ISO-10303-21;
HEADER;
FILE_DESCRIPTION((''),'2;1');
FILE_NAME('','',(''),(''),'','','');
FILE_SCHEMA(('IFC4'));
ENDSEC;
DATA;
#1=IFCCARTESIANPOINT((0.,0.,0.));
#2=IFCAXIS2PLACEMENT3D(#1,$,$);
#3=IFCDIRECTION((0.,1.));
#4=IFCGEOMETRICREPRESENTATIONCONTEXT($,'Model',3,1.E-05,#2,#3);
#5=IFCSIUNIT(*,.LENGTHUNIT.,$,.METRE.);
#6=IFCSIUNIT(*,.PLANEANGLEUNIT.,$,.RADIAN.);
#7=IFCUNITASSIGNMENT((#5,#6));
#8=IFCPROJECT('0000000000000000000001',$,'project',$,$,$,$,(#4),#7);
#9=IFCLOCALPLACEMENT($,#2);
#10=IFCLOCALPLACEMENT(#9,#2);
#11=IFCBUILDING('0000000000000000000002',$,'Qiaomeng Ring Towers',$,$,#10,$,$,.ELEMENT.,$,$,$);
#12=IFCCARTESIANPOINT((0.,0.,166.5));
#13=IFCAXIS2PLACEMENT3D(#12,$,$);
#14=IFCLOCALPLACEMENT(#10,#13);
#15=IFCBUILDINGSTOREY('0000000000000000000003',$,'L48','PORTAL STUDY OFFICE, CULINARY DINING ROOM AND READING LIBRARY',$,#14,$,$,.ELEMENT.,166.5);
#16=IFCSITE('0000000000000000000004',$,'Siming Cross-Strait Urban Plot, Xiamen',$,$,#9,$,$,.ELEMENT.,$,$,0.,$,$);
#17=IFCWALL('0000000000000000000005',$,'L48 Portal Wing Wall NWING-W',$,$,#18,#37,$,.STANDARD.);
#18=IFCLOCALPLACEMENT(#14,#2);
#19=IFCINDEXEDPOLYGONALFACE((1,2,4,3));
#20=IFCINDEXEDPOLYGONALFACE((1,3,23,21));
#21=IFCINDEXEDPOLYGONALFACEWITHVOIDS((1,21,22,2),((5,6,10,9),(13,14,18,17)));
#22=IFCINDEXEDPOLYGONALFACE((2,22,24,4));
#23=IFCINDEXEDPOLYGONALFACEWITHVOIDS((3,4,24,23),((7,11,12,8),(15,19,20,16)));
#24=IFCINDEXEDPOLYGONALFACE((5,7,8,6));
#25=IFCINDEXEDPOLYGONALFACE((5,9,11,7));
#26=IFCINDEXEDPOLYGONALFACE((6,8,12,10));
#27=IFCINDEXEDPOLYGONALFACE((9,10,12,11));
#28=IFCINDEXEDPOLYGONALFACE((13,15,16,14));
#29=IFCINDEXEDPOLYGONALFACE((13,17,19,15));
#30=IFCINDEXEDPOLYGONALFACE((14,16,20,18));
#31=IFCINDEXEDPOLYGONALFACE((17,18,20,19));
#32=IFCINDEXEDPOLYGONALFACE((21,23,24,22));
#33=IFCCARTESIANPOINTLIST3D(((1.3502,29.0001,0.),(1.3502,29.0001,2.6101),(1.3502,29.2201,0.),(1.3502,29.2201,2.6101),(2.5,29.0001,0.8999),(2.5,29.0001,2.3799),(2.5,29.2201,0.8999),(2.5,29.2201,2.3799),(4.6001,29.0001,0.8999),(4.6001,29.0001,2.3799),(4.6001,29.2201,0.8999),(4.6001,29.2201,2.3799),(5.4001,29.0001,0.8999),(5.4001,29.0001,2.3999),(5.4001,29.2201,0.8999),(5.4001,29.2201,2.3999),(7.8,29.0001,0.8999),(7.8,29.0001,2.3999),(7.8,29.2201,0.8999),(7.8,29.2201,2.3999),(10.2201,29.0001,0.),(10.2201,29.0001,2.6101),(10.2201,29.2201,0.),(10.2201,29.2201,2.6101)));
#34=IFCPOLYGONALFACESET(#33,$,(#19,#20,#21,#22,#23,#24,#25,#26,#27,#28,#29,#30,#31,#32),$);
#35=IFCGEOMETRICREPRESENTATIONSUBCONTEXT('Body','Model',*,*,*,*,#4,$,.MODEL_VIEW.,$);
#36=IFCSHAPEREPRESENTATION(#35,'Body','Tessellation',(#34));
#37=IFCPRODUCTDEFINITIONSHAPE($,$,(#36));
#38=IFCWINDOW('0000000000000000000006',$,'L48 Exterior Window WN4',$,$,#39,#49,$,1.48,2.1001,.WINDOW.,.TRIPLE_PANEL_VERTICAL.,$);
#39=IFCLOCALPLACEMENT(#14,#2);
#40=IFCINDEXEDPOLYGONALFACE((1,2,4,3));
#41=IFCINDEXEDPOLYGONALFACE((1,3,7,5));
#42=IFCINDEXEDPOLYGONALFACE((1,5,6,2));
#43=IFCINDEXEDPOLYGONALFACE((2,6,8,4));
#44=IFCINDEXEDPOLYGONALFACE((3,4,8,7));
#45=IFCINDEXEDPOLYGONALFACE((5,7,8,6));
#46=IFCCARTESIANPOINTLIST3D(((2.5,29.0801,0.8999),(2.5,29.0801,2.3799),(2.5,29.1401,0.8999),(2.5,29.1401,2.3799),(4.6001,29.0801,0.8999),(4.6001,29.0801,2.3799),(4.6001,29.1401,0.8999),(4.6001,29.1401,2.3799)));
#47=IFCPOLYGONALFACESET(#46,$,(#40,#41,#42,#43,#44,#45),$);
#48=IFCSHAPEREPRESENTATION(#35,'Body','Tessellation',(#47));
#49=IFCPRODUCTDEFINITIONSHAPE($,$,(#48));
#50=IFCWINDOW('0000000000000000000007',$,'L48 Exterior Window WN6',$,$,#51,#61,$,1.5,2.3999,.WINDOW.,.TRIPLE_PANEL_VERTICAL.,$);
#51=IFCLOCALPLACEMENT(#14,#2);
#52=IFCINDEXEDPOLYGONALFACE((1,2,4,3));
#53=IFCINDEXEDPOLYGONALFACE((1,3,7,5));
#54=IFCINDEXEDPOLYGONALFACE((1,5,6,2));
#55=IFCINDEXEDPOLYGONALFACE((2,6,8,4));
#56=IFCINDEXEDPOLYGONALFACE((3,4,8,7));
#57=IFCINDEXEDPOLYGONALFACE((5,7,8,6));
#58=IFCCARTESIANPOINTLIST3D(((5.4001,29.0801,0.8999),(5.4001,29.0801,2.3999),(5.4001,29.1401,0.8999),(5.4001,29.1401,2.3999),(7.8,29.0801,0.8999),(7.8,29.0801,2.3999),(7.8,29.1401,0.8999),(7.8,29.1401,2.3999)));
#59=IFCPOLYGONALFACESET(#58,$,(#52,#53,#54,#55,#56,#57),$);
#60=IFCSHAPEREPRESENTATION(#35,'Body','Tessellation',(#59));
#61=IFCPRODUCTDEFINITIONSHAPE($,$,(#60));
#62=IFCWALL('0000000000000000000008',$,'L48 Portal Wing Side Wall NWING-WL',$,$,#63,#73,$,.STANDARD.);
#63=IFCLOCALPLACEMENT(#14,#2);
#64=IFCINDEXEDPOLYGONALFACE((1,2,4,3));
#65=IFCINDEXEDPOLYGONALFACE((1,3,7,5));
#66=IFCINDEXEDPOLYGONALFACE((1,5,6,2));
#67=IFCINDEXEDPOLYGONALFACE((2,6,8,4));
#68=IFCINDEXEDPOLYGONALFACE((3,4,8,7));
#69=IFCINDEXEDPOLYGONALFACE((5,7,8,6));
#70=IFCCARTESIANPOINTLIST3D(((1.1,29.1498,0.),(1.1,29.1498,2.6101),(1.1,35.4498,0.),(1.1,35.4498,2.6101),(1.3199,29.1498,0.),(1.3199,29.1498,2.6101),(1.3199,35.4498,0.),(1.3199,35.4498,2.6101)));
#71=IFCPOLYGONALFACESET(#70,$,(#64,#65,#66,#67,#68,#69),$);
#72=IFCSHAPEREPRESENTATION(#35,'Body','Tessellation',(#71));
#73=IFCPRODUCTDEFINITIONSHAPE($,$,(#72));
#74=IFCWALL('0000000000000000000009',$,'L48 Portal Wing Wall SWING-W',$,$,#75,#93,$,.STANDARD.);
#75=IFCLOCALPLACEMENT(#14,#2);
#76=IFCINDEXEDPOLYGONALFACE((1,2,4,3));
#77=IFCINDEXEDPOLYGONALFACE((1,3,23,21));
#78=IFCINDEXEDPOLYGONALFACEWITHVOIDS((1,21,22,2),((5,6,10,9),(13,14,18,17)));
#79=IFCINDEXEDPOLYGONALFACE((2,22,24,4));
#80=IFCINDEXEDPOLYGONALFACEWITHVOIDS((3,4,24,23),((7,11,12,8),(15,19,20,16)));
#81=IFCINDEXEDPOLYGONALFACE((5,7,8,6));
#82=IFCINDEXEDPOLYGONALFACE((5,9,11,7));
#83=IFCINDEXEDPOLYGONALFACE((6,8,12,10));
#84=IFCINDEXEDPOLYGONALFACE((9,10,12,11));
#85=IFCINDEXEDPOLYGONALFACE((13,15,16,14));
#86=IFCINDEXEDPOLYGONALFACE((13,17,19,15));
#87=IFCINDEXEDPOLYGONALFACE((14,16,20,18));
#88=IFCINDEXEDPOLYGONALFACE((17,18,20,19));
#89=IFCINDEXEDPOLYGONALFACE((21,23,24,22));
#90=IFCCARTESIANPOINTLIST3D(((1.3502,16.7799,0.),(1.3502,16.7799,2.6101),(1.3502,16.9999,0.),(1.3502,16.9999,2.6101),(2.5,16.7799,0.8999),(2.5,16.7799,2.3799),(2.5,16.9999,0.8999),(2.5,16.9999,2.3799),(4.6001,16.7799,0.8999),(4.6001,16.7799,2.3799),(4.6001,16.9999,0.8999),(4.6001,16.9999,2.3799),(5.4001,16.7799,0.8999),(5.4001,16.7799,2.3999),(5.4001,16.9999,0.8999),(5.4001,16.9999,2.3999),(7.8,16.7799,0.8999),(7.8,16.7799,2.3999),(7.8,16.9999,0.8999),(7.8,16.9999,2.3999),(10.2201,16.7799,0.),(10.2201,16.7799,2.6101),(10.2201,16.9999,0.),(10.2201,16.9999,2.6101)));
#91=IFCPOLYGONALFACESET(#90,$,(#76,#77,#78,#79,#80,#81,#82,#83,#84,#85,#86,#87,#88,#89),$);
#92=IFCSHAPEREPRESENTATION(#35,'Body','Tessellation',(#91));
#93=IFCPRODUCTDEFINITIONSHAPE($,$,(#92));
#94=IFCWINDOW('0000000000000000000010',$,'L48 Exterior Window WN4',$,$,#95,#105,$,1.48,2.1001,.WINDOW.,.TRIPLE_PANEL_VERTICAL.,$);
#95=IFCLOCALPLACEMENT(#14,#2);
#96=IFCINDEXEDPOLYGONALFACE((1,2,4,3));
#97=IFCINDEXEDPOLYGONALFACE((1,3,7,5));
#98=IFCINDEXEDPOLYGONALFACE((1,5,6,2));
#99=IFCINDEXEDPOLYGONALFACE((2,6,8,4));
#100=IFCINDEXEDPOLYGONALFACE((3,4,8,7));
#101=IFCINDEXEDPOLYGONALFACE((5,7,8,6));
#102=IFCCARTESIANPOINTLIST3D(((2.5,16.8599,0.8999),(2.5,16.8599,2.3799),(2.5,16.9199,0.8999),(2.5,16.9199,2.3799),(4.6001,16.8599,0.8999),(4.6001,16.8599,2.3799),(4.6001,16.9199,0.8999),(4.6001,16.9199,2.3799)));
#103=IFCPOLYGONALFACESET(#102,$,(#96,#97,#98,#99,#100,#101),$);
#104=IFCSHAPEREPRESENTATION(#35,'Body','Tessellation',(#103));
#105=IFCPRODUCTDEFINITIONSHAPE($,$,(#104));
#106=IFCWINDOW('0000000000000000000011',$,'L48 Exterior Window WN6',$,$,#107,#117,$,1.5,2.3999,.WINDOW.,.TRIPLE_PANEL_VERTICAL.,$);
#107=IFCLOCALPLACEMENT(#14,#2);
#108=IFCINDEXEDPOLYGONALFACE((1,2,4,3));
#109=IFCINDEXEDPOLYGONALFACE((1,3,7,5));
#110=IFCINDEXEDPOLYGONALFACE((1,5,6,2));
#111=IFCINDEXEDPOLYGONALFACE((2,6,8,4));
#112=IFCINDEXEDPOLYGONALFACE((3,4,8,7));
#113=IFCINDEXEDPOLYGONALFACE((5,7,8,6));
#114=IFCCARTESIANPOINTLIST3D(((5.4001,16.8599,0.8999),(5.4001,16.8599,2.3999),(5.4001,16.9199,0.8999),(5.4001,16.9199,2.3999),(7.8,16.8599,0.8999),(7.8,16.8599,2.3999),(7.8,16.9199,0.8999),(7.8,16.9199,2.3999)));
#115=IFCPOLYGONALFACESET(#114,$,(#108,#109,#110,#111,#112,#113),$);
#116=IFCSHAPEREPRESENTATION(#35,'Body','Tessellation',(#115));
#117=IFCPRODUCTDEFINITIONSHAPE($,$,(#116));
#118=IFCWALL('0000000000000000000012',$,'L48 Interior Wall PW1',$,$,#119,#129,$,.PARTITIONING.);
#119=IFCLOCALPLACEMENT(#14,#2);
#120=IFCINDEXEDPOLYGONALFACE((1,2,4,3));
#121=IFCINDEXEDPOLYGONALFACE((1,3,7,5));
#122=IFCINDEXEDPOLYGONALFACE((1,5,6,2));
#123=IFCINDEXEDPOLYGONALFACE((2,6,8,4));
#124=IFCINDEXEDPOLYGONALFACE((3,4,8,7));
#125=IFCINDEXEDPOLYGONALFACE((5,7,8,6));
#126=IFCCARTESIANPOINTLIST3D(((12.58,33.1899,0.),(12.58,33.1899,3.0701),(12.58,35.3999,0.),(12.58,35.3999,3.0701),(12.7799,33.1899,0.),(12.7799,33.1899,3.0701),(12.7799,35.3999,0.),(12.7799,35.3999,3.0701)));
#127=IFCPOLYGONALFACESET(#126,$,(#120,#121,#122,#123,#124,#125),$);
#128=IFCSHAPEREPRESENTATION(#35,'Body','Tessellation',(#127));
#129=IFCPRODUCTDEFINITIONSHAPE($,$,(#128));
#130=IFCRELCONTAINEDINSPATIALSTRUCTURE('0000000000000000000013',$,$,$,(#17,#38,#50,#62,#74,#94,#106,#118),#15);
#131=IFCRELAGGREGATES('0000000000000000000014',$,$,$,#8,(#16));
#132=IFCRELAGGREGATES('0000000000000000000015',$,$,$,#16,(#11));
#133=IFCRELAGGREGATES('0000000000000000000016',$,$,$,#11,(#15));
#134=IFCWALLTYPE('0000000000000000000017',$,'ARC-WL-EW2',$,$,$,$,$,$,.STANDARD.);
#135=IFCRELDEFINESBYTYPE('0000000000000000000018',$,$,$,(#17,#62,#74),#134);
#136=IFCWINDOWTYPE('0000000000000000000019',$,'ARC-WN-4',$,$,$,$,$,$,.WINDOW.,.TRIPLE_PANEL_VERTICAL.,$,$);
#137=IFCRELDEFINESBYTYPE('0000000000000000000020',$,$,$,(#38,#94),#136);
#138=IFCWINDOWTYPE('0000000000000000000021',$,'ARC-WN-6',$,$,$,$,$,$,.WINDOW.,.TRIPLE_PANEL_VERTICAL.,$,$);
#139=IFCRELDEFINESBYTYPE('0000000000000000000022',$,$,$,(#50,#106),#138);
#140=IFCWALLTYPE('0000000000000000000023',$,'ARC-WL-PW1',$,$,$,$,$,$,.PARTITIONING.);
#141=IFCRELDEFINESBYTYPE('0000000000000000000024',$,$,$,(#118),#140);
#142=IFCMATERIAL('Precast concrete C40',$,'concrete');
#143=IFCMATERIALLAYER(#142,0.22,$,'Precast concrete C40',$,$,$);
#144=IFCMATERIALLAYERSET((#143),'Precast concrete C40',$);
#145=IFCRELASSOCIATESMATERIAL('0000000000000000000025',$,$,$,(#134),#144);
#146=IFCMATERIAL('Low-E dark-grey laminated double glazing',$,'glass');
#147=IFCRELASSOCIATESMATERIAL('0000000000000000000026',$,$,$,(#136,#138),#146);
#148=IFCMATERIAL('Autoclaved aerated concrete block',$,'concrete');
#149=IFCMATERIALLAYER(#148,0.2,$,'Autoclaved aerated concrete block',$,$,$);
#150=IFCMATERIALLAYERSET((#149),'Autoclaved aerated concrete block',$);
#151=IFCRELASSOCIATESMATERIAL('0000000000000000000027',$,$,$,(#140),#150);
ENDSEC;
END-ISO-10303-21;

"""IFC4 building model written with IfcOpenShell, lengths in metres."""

from ifc_helpers import new_model, si_unit, direction, frame, frame_2d, origin, place, context, subcontext, project, spatial, rectangle, extrude, source, transform, mapped, material, layer, layer_set, type_object, element, fill, save


model = new_model("IFC4")

# Units and contexts
model_context = context("Model", 3, precision=1e-05, world=origin(), true_north=direction((0.0, 1.0)))
body_context = subcontext(model_context, "Body", "Model", "MODEL_VIEW")
ifc_project = project(units=[si_unit("LENGTHUNIT", "METRE"), si_unit("PLANEANGLEUNIT", "RADIAN")], contexts=[model_context])

# Site, building, storey
site_placement = place(None, origin())
site = spatial("IfcSite", under=ifc_project, at=site_placement, Name="Siming Cross-Strait Urban Plot, Xiamen", CompositionType="ELEMENT", RefElevation=0.0)
building_placement = place(site_placement, origin())
building = spatial("IfcBuilding", under=site, at=building_placement, Name="Qiaomeng Ring Towers", CompositionType="ELEMENT")
storey_placement = place(building_placement, frame((0.0, 0.0, 166.5)))
storey = spatial("IfcBuildingStorey", under=building, at=storey_placement, Name="L48", Description="PORTAL STUDY OFFICE, CULINARY DINING ROOM AND READING LIBRARY", CompositionType="ELEMENT", Elevation=166.5)

# Wall, openings, windows
ifc_material_1 = material(Name="Precast concrete C40", Category="concrete")
ifc_layer_1 = layer(ifc_material_1, 0.22, Name="Precast concrete C40")
ifc_layer_set_1 = layer_set([ifc_layer_1], Name="Precast concrete C40")
wall_type_1 = type_object("IfcWallType", Name="ARC-WL-EW2", PredefinedType="STANDARD", material=ifc_layer_set_1)
wall_1_placement = place(storey_placement, frame((1.3501, 29.1101, 0.0), z_axis=(0.0, 0.0, 1.0), x_axis=(1.0, 0.0, 0.0)))
wall_1 = element("IfcWall", 1, at=wall_1_placement, inside=storey, type_object=wall_type_1, Name="L48 Portal Wing Wall NWING-W", PredefinedType="STANDARD", context=body_context, shape_type="SweptSolid", body=[
    extrude(rectangle(XDim=8.8699, YDim=0.22, at=frame_2d((4.4351, 0.0))), origin(), (0.0, 0.0, 1.0), 2.6101),
])
opening_1_placement = place(wall_1_placement, frame((1.1499, 0.0, 0.8999)))
opening_1 = element("IfcOpeningElement", 2, at=opening_1_placement, cuts=wall_1, PredefinedType="OPENING", context=body_context, shape_type="SweptSolid", body=[
    extrude(rectangle(XDim=2.1001, YDim=1.48, at=frame_2d((1.05, 0.74))), frame((0.0, 0.1199, 0.0), z_axis=(0.0, -1.0, 0.0), x_axis=(1.0, 0.0, 0.0)), (0.0, 0.0, 1.0), 0.24),
])
opening_2_placement = place(wall_1_placement, frame((4.05, 0.0, 0.8999)))
opening_2 = element("IfcOpeningElement", 3, at=opening_2_placement, cuts=wall_1, PredefinedType="OPENING", context=body_context, shape_type="SweptSolid", body=[
    extrude(rectangle(XDim=2.3999, YDim=1.5, at=frame_2d((1.2, 0.75))), frame((0.0, 0.1199, 0.0), z_axis=(0.0, -1.0, 0.0), x_axis=(1.0, 0.0, 0.0)), (0.0, 0.0, 1.0), 0.24),
])
ifc_material_2 = material(Name="Low-E dark-grey laminated double glazing", Category="glass")
window_type_1 = type_object("IfcWindowType", Name="ARC-WN-4", PartitioningType="TRIPLE_PANEL_VERTICAL", PredefinedType="WINDOW", material=ifc_material_2)
shared_shape_1 = source(origin(), body_context, "Body", "SweptSolid", [
    extrude(rectangle(XDim=2.1001, YDim=1.48, at=frame_2d((1.05, 0.74))), frame((0.0, 0.03, 0.0), z_axis=(0.0, -1.0, 0.0), x_axis=(1.0, 0.0, 0.0)), (0.0, 0.0, 1.0), 0.0601),
])
window_1_placement = place(opening_1_placement, origin())
window_1 = element("IfcWindow", 4, at=window_1_placement, inside=storey, type_object=window_type_1, Name="L48 Exterior Window WN4", OverallHeight=1.48, OverallWidth=2.1001, PartitioningType="TRIPLE_PANEL_VERTICAL", PredefinedType="WINDOW", context=body_context, shape_type="MappedRepresentation", body=[
    mapped(shared_shape_1, transform((0.0, 0.0, 0.0), x_axis=(1.0, 0.0, 0.0), y_axis=(0.0, 1.0, 0.0), z_axis=(0.0, 0.0, 1.0), scale=1.0)),
])
fill(opening_1, window_1)
window_type_2 = type_object("IfcWindowType", Name="ARC-WN-6", PartitioningType="TRIPLE_PANEL_VERTICAL", PredefinedType="WINDOW", material=ifc_material_2)
shared_shape_2 = source(origin(), body_context, "Body", "SweptSolid", [
    extrude(rectangle(XDim=2.3999, YDim=1.5, at=frame_2d((1.2, 0.75))), frame((0.0, 0.03, 0.0), z_axis=(0.0, -1.0, 0.0), x_axis=(1.0, 0.0, 0.0)), (0.0, 0.0, 1.0), 0.0601),
])
window_2_placement = place(opening_2_placement, origin())
window_2 = element("IfcWindow", 5, at=window_2_placement, inside=storey, type_object=window_type_2, Name="L48 Exterior Window WN6", OverallHeight=1.5, OverallWidth=2.3999, PartitioningType="TRIPLE_PANEL_VERTICAL", PredefinedType="WINDOW", context=body_context, shape_type="MappedRepresentation", body=[
    mapped(shared_shape_2, transform((0.0, 0.0, 0.0), x_axis=(1.0, 0.0, 0.0), y_axis=(0.0, 1.0, 0.0), z_axis=(0.0, 0.0, 1.0), scale=1.0)),
])
fill(opening_2, window_2)

# Wall
wall_2_placement = place(storey_placement, frame((1.21, 29.1499, 0.0), z_axis=(0.0, 0.0, 1.0), x_axis=(0.0, 1.0, 0.0)))
element("IfcWall", 6, at=wall_2_placement, inside=storey, type_object=wall_type_1, Name="L48 Portal Wing Side Wall NWING-WL", PredefinedType="STANDARD", context=body_context, shape_type="SweptSolid", body=[
    extrude(rectangle(XDim=6.3, YDim=0.22, at=frame_2d((3.1499, 0.0))), origin(), (0.0, 0.0, 1.0), 2.6101),
])

# Wall, openings, windows
wall_3_placement = place(storey_placement, frame((1.3501, 16.8899, 0.0), z_axis=(0.0, 0.0, 1.0), x_axis=(1.0, 0.0, 0.0)))
wall_3 = element("IfcWall", 7, at=wall_3_placement, inside=storey, type_object=wall_type_1, Name="L48 Portal Wing Wall SWING-W", PredefinedType="STANDARD", context=body_context, shape_type="SweptSolid", body=[
    extrude(rectangle(XDim=8.8699, YDim=0.22, at=frame_2d((4.4351, 0.0))), origin(), (0.0, 0.0, 1.0), 2.6101),
])
opening_3_placement = place(wall_3_placement, frame((1.1499, 0.0, 0.8999)))
opening_3 = element("IfcOpeningElement", 8, at=opening_3_placement, cuts=wall_3, PredefinedType="OPENING", context=body_context, shape_type="SweptSolid", body=[
    extrude(rectangle(XDim=2.1001, YDim=1.48, at=frame_2d((1.05, 0.74))), frame((0.0, 0.1199, 0.0), z_axis=(0.0, -1.0, 0.0), x_axis=(1.0, 0.0, 0.0)), (0.0, 0.0, 1.0), 0.24),
])
opening_4_placement = place(wall_3_placement, frame((4.05, 0.0, 0.8999)))
opening_4 = element("IfcOpeningElement", 9, at=opening_4_placement, cuts=wall_3, PredefinedType="OPENING", context=body_context, shape_type="SweptSolid", body=[
    extrude(rectangle(XDim=2.3999, YDim=1.5, at=frame_2d((1.2, 0.75))), frame((0.0, 0.1199, 0.0), z_axis=(0.0, -1.0, 0.0), x_axis=(1.0, 0.0, 0.0)), (0.0, 0.0, 1.0), 0.24),
])
window_3_placement = place(opening_3_placement, origin())
window_3 = element("IfcWindow", 10, at=window_3_placement, inside=storey, type_object=window_type_1, Name="L48 Exterior Window WN4", OverallHeight=1.48, OverallWidth=2.1001, PartitioningType="TRIPLE_PANEL_VERTICAL", PredefinedType="WINDOW", context=body_context, shape_type="MappedRepresentation", body=[
    mapped(shared_shape_1, transform((0.0, 0.0, 0.0), x_axis=(1.0, 0.0, 0.0), y_axis=(0.0, 1.0, 0.0), z_axis=(0.0, 0.0, 1.0), scale=1.0)),
])
fill(opening_3, window_3)
window_4_placement = place(opening_4_placement, origin())
window_4 = element("IfcWindow", 11, at=window_4_placement, inside=storey, type_object=window_type_2, Name="L48 Exterior Window WN6", OverallHeight=1.5, OverallWidth=2.3999, PartitioningType="TRIPLE_PANEL_VERTICAL", PredefinedType="WINDOW", context=body_context, shape_type="MappedRepresentation", body=[
    mapped(shared_shape_2, transform((0.0, 0.0, 0.0), x_axis=(1.0, 0.0, 0.0), y_axis=(0.0, 1.0, 0.0), z_axis=(0.0, 0.0, 1.0), scale=1.0)),
])
fill(opening_4, window_4)

# Wall
ifc_material_3 = material(Name="Autoclaved aerated concrete block", Category="concrete")
ifc_layer_2 = layer(ifc_material_3, 0.2, Name="Autoclaved aerated concrete block")
ifc_layer_set_2 = layer_set([ifc_layer_2], Name="Autoclaved aerated concrete block")
wall_type_2 = type_object("IfcWallType", Name="ARC-WL-PW1", PredefinedType="PARTITIONING", material=ifc_layer_set_2)
wall_4_placement = place(storey_placement, frame((12.6799, 33.1899, 0.0), z_axis=(0.0, 0.0, 1.0), x_axis=(0.0, 1.0, 0.0)))
element("IfcWall", 12, at=wall_4_placement, inside=storey, type_object=wall_type_2, Name="L48 Interior Wall PW1", PredefinedType="PARTITIONING", context=body_context, shape_type="SweptSolid", body=[
    extrude(rectangle(XDim=2.21, YDim=0.2, at=frame_2d((1.105, 0.0))), origin(), (0.0, 0.0, 1.0), 3.0701),
])

save(model, "model.ifc")
